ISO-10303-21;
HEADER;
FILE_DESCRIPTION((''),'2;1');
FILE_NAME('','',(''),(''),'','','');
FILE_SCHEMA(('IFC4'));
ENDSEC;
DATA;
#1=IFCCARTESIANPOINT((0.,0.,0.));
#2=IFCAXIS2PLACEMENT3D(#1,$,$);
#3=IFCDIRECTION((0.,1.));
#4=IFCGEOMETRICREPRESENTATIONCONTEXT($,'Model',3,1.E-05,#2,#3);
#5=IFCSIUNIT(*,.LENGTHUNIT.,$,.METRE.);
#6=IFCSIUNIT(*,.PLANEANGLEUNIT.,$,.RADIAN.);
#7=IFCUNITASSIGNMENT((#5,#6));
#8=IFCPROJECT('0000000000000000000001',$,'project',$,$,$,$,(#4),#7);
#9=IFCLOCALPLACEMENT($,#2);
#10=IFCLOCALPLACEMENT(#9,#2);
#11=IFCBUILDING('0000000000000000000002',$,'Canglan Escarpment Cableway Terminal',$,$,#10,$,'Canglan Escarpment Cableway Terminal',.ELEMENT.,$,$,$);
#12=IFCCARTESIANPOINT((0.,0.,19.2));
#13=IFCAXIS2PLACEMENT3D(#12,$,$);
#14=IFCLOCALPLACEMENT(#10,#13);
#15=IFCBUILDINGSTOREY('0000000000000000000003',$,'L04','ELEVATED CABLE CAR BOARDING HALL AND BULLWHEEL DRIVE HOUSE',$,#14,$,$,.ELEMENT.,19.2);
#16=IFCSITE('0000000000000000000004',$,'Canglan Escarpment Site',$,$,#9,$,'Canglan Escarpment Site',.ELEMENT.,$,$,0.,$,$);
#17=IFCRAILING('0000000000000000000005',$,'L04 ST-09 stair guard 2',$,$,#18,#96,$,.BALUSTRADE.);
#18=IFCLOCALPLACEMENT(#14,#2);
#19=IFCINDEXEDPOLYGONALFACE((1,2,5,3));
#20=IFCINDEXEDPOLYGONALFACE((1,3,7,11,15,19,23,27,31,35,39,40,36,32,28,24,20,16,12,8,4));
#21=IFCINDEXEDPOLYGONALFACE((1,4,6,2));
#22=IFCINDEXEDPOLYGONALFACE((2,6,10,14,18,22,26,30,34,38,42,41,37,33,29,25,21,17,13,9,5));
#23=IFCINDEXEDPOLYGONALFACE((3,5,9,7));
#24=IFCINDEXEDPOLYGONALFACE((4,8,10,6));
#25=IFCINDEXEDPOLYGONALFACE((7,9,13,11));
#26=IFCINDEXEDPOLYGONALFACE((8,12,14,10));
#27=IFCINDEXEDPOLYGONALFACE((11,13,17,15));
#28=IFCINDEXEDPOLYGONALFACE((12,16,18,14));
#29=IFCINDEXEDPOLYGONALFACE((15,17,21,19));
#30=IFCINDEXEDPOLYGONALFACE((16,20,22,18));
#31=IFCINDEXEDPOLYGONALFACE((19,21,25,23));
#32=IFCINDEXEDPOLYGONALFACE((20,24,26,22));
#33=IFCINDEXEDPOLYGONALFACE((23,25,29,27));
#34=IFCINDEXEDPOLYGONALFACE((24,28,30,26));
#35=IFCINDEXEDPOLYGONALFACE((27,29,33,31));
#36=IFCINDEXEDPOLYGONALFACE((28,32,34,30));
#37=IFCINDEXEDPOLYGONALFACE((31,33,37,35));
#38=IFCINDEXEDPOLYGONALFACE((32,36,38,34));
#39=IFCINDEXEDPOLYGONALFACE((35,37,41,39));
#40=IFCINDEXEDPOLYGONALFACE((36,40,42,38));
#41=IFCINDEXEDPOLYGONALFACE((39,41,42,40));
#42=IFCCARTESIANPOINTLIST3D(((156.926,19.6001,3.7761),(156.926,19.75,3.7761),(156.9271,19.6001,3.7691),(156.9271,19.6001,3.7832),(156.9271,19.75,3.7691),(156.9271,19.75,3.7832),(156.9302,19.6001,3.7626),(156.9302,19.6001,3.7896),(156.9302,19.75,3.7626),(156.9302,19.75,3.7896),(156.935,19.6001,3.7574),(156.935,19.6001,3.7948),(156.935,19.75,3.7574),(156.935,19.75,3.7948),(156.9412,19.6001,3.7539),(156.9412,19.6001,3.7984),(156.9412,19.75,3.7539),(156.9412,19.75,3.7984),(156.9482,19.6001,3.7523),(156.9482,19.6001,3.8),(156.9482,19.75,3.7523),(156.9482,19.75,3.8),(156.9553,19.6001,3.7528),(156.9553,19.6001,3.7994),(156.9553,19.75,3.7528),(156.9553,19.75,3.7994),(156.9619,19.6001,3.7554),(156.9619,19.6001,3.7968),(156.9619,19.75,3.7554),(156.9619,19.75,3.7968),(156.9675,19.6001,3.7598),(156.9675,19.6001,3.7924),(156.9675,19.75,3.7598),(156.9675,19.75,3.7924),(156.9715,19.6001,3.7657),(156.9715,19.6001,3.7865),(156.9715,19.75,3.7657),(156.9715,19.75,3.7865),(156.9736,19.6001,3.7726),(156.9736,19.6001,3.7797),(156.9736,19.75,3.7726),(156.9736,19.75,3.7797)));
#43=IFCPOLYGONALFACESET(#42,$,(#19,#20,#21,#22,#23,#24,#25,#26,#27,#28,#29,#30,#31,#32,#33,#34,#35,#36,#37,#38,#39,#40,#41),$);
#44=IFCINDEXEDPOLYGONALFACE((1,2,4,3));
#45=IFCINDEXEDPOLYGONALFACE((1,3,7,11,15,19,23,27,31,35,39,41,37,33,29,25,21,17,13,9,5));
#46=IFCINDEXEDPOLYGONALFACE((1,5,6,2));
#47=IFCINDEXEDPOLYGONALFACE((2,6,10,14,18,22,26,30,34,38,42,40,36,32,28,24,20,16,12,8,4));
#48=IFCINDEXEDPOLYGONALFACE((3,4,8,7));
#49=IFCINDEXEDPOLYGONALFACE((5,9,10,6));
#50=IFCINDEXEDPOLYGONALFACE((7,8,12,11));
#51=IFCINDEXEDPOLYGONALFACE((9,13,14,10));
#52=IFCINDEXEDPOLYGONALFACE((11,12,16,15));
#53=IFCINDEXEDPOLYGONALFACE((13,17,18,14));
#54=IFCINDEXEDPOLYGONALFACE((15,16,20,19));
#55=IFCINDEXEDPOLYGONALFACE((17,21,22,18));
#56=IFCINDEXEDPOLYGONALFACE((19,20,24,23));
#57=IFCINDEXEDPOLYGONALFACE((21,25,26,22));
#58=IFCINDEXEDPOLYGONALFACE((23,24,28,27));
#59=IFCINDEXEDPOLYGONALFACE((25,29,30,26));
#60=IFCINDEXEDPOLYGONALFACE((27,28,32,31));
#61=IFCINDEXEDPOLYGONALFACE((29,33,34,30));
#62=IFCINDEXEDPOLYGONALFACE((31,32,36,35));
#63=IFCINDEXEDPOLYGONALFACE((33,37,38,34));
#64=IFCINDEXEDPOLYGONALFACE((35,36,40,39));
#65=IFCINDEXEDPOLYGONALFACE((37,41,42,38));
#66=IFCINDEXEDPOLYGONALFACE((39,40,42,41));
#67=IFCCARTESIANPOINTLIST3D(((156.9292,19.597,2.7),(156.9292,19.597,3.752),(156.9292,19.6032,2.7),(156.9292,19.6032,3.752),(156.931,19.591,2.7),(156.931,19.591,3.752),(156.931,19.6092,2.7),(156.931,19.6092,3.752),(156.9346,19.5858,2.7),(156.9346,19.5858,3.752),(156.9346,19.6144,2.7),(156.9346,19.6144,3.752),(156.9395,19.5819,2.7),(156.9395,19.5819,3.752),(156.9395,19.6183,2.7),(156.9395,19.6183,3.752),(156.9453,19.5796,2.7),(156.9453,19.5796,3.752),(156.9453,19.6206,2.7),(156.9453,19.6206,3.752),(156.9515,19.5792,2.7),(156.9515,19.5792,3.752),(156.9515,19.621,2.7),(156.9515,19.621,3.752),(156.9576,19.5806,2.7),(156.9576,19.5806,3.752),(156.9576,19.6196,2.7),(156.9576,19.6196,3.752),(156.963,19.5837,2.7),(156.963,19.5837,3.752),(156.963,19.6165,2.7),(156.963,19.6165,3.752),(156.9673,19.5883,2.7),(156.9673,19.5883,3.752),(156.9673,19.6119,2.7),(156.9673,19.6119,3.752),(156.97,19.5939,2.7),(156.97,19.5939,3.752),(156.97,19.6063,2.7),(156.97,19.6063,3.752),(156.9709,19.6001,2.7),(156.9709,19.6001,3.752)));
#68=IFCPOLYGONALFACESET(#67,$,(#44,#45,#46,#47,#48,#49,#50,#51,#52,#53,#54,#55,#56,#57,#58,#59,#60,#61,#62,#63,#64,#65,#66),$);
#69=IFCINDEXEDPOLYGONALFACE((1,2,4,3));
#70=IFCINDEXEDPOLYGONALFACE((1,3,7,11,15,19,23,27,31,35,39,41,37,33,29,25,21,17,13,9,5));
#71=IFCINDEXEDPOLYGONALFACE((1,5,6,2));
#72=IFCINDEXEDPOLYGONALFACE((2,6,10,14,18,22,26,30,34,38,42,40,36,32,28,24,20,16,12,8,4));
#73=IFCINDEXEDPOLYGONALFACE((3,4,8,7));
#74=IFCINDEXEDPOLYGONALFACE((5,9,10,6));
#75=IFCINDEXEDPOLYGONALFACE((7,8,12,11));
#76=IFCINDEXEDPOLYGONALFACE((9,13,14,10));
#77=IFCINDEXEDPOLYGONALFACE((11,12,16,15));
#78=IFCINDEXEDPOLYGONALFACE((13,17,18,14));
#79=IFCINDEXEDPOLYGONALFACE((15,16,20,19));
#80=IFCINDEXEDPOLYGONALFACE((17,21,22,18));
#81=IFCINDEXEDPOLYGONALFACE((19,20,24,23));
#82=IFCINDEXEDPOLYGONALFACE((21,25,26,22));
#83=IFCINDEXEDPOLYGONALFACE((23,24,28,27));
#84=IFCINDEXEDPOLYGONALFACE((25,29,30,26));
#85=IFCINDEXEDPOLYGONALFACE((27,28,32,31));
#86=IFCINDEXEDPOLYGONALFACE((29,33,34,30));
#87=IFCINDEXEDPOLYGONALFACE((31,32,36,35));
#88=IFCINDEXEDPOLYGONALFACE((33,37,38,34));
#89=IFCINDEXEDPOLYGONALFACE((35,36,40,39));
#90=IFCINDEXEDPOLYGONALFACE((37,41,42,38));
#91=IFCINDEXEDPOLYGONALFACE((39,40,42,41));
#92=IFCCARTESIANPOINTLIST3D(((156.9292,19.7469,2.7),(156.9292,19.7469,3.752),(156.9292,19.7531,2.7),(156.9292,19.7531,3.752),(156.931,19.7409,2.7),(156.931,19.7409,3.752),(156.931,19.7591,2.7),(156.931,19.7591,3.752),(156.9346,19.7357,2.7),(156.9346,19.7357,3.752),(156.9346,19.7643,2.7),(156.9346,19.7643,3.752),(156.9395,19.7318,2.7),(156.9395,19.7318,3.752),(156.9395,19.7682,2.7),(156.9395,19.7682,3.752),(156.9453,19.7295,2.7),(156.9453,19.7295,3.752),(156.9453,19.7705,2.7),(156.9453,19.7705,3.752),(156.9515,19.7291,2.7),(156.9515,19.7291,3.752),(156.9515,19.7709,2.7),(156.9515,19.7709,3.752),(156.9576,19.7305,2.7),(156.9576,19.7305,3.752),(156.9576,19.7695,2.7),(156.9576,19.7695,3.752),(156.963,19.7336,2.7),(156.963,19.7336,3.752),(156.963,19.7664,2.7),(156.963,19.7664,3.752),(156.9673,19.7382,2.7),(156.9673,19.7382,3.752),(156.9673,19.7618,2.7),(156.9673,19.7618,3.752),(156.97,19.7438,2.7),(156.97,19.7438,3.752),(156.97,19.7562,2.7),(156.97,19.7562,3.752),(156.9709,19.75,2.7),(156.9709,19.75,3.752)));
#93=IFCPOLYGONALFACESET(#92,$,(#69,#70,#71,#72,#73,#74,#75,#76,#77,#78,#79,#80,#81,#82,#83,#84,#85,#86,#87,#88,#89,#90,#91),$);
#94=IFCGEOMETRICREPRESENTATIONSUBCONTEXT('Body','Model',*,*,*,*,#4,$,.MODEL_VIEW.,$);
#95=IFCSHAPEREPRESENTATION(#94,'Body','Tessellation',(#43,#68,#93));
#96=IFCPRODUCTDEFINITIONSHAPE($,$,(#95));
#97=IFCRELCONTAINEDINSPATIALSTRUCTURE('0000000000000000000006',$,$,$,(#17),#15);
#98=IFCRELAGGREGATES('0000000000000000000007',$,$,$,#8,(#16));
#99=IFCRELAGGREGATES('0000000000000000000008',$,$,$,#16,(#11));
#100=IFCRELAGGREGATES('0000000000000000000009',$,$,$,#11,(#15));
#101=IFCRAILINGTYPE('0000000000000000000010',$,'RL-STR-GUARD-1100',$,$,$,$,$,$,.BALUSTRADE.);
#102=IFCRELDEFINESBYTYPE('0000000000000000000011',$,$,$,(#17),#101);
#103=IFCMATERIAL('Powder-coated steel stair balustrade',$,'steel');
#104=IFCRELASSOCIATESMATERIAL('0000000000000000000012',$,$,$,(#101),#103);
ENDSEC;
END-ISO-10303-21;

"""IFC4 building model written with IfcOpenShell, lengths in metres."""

from ifc_helpers import new_model, si_unit, direction, frame, origin, origin_2d, place, context, subcontext, project, spatial, circle, extrude, material, type_object, element, save


model = new_model("IFC4")

# Units and contexts
model_context = context("Model", 3, precision=1e-05, world=origin(), true_north=direction((0.0, 1.0)))
body_context = subcontext(model_context, "Body", "Model", "MODEL_VIEW")
ifc_project = project(units=[si_unit("LENGTHUNIT", "METRE"), si_unit("PLANEANGLEUNIT", "RADIAN")], contexts=[model_context])

# Site, building, storey
site_placement = place(None, origin())
site = spatial("IfcSite", under=ifc_project, at=site_placement, Name="Canglan Escarpment Site", LongName="Canglan Escarpment Site", CompositionType="ELEMENT", RefElevation=0.0)
building_placement = place(site_placement, origin())
building = spatial("IfcBuilding", under=site, at=building_placement, Name="Canglan Escarpment Cableway Terminal", LongName="Canglan Escarpment Cableway Terminal", CompositionType="ELEMENT")
storey_placement = place(building_placement, frame((0.0, 0.0, 19.2)))
storey = spatial("IfcBuildingStorey", under=building, at=storey_placement, Name="L04", Description="ELEVATED CABLE CAR BOARDING HALL AND BULLWHEEL DRIVE HOUSE", CompositionType="ELEMENT", Elevation=19.2)

# Railing
ifc_material_1 = material(Name="Powder-coated steel stair balustrade", Category="steel")
railing_type_1 = type_object("IfcRailingType", Name="RL-STR-GUARD-1100", PredefinedType="BALUSTRADE", material=ifc_material_1)
railing_1_placement = place(storey_placement, frame((156.95, 19.6001, 2.7)))
element("IfcRailing", 1, at=railing_1_placement, inside=storey, type_object=railing_type_1, Name="L04 ST-09 stair guard 2", PredefinedType="BALUSTRADE", context=body_context, shape_type="SweptSolid", body=[
    extrude(circle(Radius=0.0239, at=origin_2d()), frame((0.0, 0.0, 1.0762), z_axis=(0.0, 1.0, 0.0), x_axis=(-1.0, 0.0, 0.0)), (0.0, 0.0, 1.0), 0.1499),
    extrude(circle(Radius=0.021, at=origin_2d()), origin(), (0.0, 0.0, 1.0), 1.052),
    extrude(circle(Radius=0.021, at=origin_2d()), frame((0.0, 0.1499, 0.0)), (0.0, 0.0, 1.0), 1.052),
])

save(model, "model.ifc")
